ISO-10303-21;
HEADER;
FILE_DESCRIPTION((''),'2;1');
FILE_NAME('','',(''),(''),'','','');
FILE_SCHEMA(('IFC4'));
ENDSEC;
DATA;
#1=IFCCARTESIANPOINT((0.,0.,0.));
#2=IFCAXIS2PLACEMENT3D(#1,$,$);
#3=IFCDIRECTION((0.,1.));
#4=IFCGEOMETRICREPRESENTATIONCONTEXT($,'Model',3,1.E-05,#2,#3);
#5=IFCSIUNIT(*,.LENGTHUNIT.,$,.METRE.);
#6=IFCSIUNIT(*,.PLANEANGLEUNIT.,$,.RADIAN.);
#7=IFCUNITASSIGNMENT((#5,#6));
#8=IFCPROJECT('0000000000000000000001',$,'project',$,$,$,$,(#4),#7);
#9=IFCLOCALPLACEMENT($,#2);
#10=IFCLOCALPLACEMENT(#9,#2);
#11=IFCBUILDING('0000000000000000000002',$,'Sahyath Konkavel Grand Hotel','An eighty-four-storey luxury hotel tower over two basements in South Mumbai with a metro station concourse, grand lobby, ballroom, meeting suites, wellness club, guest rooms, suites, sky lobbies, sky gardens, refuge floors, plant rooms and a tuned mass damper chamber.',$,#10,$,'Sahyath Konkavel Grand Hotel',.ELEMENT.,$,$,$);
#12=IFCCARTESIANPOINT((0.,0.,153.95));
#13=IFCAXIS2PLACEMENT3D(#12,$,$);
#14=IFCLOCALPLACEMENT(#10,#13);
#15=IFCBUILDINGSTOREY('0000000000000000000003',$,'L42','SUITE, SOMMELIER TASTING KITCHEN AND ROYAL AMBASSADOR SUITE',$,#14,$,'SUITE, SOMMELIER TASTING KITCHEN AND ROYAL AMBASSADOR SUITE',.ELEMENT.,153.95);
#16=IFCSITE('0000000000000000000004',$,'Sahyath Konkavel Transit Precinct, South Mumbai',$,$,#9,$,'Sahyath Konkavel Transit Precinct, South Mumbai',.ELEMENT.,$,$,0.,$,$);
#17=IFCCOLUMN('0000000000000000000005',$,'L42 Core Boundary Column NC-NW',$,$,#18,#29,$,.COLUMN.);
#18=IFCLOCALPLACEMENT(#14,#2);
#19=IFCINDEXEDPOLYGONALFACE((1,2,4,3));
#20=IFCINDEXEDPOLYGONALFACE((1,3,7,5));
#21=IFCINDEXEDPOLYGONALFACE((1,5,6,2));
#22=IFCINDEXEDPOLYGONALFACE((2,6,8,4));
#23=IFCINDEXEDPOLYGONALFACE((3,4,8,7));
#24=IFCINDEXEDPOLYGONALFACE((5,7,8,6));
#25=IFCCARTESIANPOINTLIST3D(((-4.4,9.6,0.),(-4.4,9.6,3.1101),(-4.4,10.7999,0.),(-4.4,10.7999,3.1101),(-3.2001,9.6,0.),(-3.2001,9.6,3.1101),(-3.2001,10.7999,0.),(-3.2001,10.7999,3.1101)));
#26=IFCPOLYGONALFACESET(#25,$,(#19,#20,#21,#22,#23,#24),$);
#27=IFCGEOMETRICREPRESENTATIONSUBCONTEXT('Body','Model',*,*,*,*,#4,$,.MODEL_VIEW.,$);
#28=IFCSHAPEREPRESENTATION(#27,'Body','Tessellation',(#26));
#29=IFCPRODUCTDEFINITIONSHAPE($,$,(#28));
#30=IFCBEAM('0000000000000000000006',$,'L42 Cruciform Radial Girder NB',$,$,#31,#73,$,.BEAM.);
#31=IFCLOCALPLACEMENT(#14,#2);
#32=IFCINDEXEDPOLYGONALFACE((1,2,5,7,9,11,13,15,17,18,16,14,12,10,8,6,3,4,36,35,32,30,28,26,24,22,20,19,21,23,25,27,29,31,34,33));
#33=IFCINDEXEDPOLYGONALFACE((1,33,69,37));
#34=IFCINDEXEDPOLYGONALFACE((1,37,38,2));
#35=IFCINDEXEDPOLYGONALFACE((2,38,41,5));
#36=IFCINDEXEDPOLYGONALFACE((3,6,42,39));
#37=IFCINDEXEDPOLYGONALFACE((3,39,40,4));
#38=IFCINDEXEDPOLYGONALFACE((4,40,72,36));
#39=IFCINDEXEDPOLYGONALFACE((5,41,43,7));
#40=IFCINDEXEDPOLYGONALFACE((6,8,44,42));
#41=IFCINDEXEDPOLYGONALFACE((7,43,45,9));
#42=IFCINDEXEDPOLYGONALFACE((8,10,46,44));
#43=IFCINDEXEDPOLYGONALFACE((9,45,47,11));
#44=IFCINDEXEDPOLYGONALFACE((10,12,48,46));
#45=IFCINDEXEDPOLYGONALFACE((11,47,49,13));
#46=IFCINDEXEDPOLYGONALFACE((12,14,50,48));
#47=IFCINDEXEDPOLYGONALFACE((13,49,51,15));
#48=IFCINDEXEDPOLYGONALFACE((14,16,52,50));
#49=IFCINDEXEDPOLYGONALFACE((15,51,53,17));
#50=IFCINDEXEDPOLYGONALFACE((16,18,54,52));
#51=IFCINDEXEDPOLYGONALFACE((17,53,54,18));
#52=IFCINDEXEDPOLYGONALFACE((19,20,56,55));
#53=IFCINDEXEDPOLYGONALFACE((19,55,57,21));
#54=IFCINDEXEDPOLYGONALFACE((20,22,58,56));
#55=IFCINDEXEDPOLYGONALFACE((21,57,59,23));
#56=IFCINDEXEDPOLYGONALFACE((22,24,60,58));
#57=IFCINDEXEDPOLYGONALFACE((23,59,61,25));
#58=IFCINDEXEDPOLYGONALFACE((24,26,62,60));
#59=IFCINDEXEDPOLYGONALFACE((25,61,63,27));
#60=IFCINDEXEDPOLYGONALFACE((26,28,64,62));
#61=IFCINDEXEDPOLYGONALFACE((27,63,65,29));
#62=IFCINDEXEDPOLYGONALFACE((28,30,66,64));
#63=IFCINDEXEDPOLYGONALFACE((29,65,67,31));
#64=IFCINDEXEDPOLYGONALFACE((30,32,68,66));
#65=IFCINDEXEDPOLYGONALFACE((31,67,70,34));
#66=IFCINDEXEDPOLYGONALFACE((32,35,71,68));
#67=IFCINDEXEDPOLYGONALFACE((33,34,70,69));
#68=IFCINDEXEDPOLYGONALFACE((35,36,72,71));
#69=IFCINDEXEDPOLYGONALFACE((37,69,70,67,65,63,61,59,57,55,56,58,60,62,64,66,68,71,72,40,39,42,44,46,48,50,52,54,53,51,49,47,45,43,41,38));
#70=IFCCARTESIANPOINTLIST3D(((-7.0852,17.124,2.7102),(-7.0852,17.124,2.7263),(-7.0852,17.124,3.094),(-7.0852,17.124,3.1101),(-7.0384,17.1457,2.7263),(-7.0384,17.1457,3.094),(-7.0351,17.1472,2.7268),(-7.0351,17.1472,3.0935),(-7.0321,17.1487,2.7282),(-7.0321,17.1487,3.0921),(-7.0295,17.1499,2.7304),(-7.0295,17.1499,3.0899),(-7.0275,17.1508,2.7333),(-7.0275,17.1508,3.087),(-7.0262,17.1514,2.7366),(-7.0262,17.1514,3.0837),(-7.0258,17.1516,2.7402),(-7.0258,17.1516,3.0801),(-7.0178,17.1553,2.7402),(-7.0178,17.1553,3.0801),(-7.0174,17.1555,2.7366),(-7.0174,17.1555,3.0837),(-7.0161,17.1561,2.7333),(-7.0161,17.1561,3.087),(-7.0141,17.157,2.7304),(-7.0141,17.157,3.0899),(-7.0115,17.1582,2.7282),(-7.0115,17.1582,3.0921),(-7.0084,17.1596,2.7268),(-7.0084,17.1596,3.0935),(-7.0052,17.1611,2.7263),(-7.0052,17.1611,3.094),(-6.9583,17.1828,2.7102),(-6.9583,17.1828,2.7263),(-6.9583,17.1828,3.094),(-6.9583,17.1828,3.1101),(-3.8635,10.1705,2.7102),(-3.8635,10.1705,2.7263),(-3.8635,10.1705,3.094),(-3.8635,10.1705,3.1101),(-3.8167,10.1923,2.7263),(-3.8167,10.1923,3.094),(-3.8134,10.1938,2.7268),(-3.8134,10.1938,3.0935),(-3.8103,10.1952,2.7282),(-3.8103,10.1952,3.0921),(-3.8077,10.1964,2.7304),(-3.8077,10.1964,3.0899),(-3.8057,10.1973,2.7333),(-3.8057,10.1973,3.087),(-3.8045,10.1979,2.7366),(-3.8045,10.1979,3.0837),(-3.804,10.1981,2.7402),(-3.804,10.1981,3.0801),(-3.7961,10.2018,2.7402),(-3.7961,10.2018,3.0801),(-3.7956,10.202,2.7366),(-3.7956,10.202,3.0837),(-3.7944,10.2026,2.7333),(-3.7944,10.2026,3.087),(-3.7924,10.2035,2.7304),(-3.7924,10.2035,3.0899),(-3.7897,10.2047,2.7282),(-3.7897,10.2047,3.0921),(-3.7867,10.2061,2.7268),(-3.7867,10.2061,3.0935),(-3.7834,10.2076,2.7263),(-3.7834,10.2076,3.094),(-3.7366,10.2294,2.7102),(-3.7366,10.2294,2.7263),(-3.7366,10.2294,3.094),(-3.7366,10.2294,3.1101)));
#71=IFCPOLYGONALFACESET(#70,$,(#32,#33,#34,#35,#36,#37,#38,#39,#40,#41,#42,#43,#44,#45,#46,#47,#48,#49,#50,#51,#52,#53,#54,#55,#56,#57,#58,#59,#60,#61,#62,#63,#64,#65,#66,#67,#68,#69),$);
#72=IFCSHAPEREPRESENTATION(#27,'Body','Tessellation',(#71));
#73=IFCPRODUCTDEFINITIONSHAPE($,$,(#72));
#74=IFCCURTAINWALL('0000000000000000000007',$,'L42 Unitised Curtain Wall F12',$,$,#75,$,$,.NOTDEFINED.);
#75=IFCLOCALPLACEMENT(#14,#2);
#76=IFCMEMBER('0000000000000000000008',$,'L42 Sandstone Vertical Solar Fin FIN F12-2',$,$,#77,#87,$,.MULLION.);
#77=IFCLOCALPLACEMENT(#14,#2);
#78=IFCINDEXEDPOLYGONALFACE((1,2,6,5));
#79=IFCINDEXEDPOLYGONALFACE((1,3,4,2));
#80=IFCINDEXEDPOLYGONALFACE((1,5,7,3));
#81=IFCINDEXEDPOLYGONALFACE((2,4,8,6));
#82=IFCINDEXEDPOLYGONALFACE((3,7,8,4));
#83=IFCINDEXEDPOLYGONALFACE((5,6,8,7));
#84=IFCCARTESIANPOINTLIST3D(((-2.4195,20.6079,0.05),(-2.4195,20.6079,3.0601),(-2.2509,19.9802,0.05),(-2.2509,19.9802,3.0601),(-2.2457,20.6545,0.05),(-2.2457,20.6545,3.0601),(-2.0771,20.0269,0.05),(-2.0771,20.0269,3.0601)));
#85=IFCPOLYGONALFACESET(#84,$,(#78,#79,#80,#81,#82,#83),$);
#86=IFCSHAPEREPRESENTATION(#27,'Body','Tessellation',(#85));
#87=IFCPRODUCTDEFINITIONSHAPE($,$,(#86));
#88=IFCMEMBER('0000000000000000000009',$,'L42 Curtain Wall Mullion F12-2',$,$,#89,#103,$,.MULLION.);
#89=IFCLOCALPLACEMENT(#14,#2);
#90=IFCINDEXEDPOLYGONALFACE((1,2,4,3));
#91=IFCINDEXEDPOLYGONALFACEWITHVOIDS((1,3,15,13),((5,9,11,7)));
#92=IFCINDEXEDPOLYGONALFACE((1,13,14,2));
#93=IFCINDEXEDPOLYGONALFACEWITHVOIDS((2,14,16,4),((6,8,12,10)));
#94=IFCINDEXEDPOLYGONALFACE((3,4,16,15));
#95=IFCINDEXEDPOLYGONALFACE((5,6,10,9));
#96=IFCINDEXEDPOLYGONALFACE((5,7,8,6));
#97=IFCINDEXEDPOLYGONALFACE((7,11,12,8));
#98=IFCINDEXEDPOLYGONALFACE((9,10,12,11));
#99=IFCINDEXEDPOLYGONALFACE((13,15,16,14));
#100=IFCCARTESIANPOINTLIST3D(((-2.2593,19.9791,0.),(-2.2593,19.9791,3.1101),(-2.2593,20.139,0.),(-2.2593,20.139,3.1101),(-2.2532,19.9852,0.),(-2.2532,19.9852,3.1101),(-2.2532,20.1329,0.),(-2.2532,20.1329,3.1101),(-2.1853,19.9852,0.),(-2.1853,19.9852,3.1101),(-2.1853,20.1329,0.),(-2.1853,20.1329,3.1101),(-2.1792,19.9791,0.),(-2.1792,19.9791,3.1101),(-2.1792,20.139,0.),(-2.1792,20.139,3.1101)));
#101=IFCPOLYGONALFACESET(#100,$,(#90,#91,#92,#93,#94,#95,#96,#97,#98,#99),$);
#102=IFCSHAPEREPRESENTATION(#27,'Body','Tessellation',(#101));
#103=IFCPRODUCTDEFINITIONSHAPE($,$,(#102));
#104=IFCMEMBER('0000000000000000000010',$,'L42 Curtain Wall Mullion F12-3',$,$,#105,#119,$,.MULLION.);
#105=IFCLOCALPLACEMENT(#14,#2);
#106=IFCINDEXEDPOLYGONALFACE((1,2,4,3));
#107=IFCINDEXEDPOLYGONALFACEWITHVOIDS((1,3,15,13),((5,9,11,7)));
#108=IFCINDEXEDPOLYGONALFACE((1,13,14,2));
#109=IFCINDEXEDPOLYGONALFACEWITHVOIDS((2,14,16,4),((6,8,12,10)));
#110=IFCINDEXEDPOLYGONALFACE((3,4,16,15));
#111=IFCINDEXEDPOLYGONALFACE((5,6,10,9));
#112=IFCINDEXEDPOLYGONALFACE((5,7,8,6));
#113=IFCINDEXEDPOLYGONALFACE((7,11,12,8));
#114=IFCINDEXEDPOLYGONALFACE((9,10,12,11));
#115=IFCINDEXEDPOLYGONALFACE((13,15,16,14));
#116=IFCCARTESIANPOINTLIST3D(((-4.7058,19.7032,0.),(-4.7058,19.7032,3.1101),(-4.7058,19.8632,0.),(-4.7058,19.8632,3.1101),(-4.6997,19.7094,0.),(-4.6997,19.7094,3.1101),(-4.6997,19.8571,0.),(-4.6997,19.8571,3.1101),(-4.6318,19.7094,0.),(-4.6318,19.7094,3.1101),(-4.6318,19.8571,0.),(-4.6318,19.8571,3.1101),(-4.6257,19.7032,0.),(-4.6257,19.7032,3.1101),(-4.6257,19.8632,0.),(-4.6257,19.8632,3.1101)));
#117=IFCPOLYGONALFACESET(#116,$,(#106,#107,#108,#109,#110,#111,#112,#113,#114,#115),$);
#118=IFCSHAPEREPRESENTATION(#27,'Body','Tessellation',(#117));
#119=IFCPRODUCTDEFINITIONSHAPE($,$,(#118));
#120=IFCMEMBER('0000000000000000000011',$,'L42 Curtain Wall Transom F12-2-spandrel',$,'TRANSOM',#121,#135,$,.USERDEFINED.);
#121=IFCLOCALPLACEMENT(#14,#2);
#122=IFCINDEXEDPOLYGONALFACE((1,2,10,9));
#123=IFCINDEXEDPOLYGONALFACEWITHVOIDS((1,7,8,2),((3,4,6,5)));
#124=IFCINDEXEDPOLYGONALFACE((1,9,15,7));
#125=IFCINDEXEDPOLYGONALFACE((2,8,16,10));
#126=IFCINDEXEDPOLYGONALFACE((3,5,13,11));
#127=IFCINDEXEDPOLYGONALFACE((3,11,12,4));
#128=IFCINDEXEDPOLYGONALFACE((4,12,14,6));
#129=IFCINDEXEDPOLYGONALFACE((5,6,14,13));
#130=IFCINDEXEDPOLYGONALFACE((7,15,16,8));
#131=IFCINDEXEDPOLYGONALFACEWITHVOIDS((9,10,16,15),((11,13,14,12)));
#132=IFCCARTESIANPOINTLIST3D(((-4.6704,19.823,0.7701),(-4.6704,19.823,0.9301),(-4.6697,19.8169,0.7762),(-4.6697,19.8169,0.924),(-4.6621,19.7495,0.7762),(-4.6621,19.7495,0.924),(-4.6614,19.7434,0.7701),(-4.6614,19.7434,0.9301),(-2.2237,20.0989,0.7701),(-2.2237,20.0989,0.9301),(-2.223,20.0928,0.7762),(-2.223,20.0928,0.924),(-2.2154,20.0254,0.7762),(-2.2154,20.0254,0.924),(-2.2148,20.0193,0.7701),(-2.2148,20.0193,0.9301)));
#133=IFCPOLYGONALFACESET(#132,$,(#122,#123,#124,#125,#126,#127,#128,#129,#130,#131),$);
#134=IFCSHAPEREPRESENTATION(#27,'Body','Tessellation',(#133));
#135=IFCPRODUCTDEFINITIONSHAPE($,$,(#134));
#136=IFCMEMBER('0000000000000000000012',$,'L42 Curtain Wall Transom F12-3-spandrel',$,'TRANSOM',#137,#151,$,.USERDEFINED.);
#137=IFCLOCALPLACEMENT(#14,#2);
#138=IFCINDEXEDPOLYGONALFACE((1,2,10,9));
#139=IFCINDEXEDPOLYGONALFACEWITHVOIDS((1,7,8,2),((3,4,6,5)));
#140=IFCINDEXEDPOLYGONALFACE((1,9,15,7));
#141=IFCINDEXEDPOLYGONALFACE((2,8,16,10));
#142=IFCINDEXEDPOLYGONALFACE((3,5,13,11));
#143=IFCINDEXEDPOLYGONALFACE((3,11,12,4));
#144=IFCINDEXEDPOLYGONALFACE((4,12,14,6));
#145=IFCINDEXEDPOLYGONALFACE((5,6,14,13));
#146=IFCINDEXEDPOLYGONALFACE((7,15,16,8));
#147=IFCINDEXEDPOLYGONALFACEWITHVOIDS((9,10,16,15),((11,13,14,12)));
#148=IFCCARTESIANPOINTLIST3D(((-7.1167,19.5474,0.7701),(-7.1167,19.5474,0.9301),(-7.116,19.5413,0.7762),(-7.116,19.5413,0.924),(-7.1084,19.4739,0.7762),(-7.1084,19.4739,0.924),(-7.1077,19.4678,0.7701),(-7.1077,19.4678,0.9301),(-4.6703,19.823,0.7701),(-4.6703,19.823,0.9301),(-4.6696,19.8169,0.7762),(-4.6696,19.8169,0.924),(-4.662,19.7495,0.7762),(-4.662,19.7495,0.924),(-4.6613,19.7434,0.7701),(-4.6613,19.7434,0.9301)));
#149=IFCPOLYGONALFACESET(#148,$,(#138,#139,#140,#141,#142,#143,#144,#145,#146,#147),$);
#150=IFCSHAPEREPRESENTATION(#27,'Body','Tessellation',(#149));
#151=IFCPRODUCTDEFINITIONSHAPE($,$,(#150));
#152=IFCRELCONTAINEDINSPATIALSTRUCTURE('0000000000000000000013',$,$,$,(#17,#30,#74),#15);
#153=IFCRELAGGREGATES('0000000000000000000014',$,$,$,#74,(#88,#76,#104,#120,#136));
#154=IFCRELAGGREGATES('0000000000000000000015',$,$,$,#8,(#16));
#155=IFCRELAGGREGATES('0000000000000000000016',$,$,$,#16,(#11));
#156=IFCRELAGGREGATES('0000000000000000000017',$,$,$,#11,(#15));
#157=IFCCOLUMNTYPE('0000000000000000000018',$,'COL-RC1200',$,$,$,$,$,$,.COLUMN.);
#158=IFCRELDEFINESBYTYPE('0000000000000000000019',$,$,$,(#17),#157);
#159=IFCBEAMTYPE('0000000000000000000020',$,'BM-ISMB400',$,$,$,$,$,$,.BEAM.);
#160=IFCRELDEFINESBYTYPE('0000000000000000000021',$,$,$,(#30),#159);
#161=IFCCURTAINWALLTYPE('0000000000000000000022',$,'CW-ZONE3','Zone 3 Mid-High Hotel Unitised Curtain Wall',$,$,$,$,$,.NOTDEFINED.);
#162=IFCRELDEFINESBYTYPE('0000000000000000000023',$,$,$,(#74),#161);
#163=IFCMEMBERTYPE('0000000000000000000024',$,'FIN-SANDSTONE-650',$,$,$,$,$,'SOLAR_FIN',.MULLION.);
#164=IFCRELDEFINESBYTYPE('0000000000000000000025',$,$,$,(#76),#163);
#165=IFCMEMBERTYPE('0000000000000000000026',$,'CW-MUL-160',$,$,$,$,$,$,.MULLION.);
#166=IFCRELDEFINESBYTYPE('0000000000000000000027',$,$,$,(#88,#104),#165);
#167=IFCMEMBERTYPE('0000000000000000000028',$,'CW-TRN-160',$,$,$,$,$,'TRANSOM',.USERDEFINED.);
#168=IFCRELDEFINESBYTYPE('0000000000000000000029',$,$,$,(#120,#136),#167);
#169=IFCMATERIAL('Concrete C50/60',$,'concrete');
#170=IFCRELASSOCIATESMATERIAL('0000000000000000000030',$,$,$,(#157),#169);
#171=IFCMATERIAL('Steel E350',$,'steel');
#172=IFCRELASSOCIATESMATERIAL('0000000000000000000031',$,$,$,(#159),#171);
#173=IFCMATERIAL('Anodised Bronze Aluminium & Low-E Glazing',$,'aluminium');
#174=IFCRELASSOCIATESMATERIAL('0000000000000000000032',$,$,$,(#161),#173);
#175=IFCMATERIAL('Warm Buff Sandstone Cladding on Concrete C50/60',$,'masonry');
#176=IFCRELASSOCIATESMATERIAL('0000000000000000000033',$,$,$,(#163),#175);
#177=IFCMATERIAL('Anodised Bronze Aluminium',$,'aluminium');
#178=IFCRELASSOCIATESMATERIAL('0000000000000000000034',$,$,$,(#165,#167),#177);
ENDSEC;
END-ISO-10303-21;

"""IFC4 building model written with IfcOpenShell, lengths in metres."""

from ifc_helpers import new_model, si_unit, direction, frame, origin, origin_2d, place, context, subcontext, project, spatial, rectangle, hollow_rectangle, i_section, extrude, source, transform, mapped, material, material_profile, profile_set, type_object, element, aggregate, save


model = new_model("IFC4")

# Units and contexts
model_context = context("Model", 3, precision=1e-05, world=origin(), true_north=direction((0.0, 1.0)))
body_context = subcontext(model_context, "Body", "Model", "MODEL_VIEW")
ifc_project = project(units=[si_unit("LENGTHUNIT", "METRE"), si_unit("PLANEANGLEUNIT", "RADIAN")], contexts=[model_context])

# Site, building, storey
site_placement = place(None, origin())
site = spatial("IfcSite", under=ifc_project, at=site_placement, Name="Sahyath Konkavel Transit Precinct, South Mumbai", LongName="Sahyath Konkavel Transit Precinct, South Mumbai", CompositionType="ELEMENT", RefElevation=0.0)
building_placement = place(site_placement, origin())
building = spatial("IfcBuilding", under=site, at=building_placement, Name="Sahyath Konkavel Grand Hotel", Description="An eighty-four-storey luxury hotel tower over two basements in South Mumbai with a metro station concourse, grand lobby, ballroom, meeting suites, wellness club, guest rooms, suites, sky lobbies, sky gardens, refuge floors, plant rooms and a tuned mass damper chamber.", LongName="Sahyath Konkavel Grand Hotel", CompositionType="ELEMENT")
storey_placement = place(building_placement, frame((0.0, 0.0, 153.95)))
storey = spatial("IfcBuildingStorey", under=building, at=storey_placement, Name="L42", Description="SUITE, SOMMELIER TASTING KITCHEN AND ROYAL AMBASSADOR SUITE", LongName="SUITE, SOMMELIER TASTING KITCHEN AND ROYAL AMBASSADOR SUITE", CompositionType="ELEMENT", Elevation=153.95)

# Column
ifc_material_1 = material(Name="Concrete C50/60", Category="concrete")
ifc_material_profile_1 = material_profile(ifc_material_1, rectangle(XDim=1.2, YDim=1.2, at=origin_2d()), Name="RC 1200x1200")
ifc_profile_set_1 = profile_set([ifc_material_profile_1], Name="Concrete C50/60")
column_type = type_object("IfcColumnType", Name="COL-RC1200", PredefinedType="COLUMN", material=ifc_profile_set_1)
shared_shape_1 = source(origin(), body_context, "Body", "SweptSolid", [
    extrude(rectangle(XDim=1.2, YDim=1.2, at=origin_2d()), origin(), (0.0, 0.0, 1.0), 3.1101),
])
column_placement = place(storey_placement, frame((-3.8, 10.2, 0.0), z_axis=(0.0, 0.0, 1.0), x_axis=(1.0, 0.0, 0.0)))
element("IfcColumn", 1, at=column_placement, inside=storey, type_object=column_type, Name="L42 Core Boundary Column NC-NW", PredefinedType="COLUMN", context=body_context, shape_type="MappedRepresentation", body=[
    mapped(shared_shape_1, transform((0.0, 0.0, 0.0), scale=1.0)),
])

# Beam
ifc_material_2 = material(Name="Steel E350", Category="steel")
ifc_material_profile_2 = material_profile(ifc_material_2, i_section(OverallWidth=0.1399, OverallDepth=0.3999, WebThickness=0.0088, FlangeThickness=0.0161, FilletRadius=0.0139, at=origin_2d()), Name="ISMB 400")
ifc_profile_set_2 = profile_set([ifc_material_profile_2], Name="Steel E350")
beam_type_1 = type_object("IfcBeamType", Name="BM-ISMB400", PredefinedType="BEAM", material=ifc_profile_set_2)
shared_shape_2 = source(origin(), body_context, "Body", "SweptSolid", [
    extrude(i_section(OverallWidth=0.1399, OverallDepth=0.3999, WebThickness=0.0088, FlangeThickness=0.0161, FilletRadius=0.0139, at=origin_2d()), origin(), (0.0, 0.0, 1.0), 7.6636),
])
beam_1_placement = place(storey_placement, frame((-3.8, 10.2, 2.9102), z_axis=(-0.420395, 0.907341, 0.0), x_axis=(-0.907341, -0.420395, 0.0)))
element("IfcBeam", 2, at=beam_1_placement, inside=storey, type_object=beam_type_1, Name="L42 Cruciform Radial Girder NB", PredefinedType="BEAM", context=body_context, shape_type="MappedRepresentation", body=[
    mapped(shared_shape_2, transform((0.0, 0.0, 0.0), scale=1.0)),
])

# Curtain wall, members
ifc_material_3 = material(Name="Anodised Bronze Aluminium & Low-E Glazing", Category="aluminium")
curtain_wall_type = type_object("IfcCurtainWallType", Name="CW-ZONE3", Description="Zone 3 Mid-High Hotel Unitised Curtain Wall", PredefinedType="NOTDEFINED", material=ifc_material_3)
curtain_wall_placement = place(storey_placement, origin())
curtain_wall = element("IfcCurtainWall", 3, at=curtain_wall_placement, inside=storey, type_object=curtain_wall_type, Name="L42 Unitised Curtain Wall F12", PredefinedType="NOTDEFINED")
ifc_material_4 = material(Name="Warm Buff Sandstone Cladding on Concrete C50/60", Category="masonry")
ifc_material_profile_3 = material_profile(ifc_material_4, rectangle(XDim=0.1799, YDim=0.6499, at=origin_2d()), Name="FIN 180x650")
ifc_profile_set_3 = profile_set([ifc_material_profile_3], Name="Warm Buff Sandstone Cladding on Concrete C50/60")
member_type_1 = type_object("IfcMemberType", Name="FIN-SANDSTONE-650", ElementType="SOLAR_FIN", PredefinedType="MULLION", material=ifc_profile_set_3)
shared_shape_3 = source(origin(), body_context, "Body", "SweptSolid", [
    extrude(rectangle(XDim=0.1799, YDim=0.6499, at=origin_2d()), origin(), (0.0, 0.0, 1.0), 3.01),
])
member_1_placement = place(storey_placement, frame((-2.2483, 20.3174, 0.05), z_axis=(0.0, 0.0, 1.0), x_axis=(0.965745, 0.259493, 0.0)))
member_1 = element("IfcMember", 4, at=member_1_placement, type_object=member_type_1, Name="L42 Sandstone Vertical Solar Fin FIN F12-2", PredefinedType="MULLION", context=body_context, shape_type="MappedRepresentation", body=[
    mapped(shared_shape_3, transform((0.0, 0.0, 0.0), scale=1.0)),
])
ifc_material_5 = material(Name="Anodised Bronze Aluminium", Category="aluminium")
ifc_material_profile_4 = material_profile(ifc_material_5, hollow_rectangle(XDim=0.0801, YDim=0.1599, WallThickness=0.0061, at=origin_2d()), Name="RHS 160x80x6")
ifc_profile_set_4 = profile_set([ifc_material_profile_4], Name="Anodised Bronze Aluminium")
member_type_2 = type_object("IfcMemberType", Name="CW-MUL-160", PredefinedType="MULLION", material=ifc_profile_set_4)
shared_shape_4 = source(origin(), body_context, "Body", "SweptSolid", [
    extrude(hollow_rectangle(XDim=0.0801, YDim=0.1599, WallThickness=0.0061, at=origin_2d()), origin(), (0.0, 0.0, 1.0), 3.1101),
])
member_2_placement = place(storey_placement, frame((-2.2192, 20.0591, 0.0), z_axis=(0.0, 0.0, 1.0), x_axis=(1.0, 0.0, 0.0)))
member_2 = element("IfcMember", 5, at=member_2_placement, type_object=member_type_2, Name="L42 Curtain Wall Mullion F12-2", PredefinedType="MULLION", context=body_context, shape_type="MappedRepresentation", body=[
    mapped(shared_shape_4, transform((0.0, 0.0, 0.0), scale=1.0)),
])
member_3_placement = place(storey_placement, frame((-4.6658, 19.7832, 0.0), z_axis=(0.0, 0.0, 1.0), x_axis=(1.0, 0.0, 0.0)))
member_3 = element("IfcMember", 6, at=member_3_placement, type_object=member_type_2, Name="L42 Curtain Wall Mullion F12-3", PredefinedType="MULLION", context=body_context, shape_type="MappedRepresentation", body=[
    mapped(shared_shape_4, transform((0.0, 0.0, 0.0), scale=1.0)),
])
ifc_material_profile_5 = material_profile(ifc_material_5, hollow_rectangle(XDim=0.0801, YDim=0.1599, WallThickness=0.0061, at=origin_2d()), Name="RHS 160x80x6")
ifc_profile_set_5 = profile_set([ifc_material_profile_5], Name="Anodised Bronze Aluminium")
member_type_3 = type_object("IfcMemberType", Name="CW-TRN-160", ElementType="TRANSOM", PredefinedType="USERDEFINED", material=ifc_profile_set_5)
shared_shape_5 = source(origin(), body_context, "Body", "SweptSolid", [
    extrude(hollow_rectangle(XDim=0.0801, YDim=0.1599, WallThickness=0.0061, at=origin_2d()), origin(), (0.0, 0.0, 1.0), 2.4622),
])
member_4_placement = place(storey_placement, frame((-2.2192, 20.0591, 0.8501), z_axis=(-0.993702, -0.112053, 0.0), x_axis=(0.112053, -0.993702, 0.0)))
member_4 = element("IfcMember", 7, at=member_4_placement, type_object=member_type_3, Name="L42 Curtain Wall Transom F12-2-spandrel", ObjectType="TRANSOM", PredefinedType="USERDEFINED", context=body_context, shape_type="MappedRepresentation", body=[
    mapped(shared_shape_5, transform((0.0, 0.0, 0.0), scale=1.0)),
])
shared_shape_6 = source(origin(), body_context, "Body", "SweptSolid", [
    extrude(hollow_rectangle(XDim=0.0801, YDim=0.1599, WallThickness=0.0061, at=origin_2d()), origin(), (0.0, 0.0, 1.0), 2.4619),
])
member_5_placement = place(storey_placement, frame((-4.6658, 19.7832, 0.8501), z_axis=(-0.993713, -0.111955, 0.0), x_axis=(0.111955, -0.993713, 0.0)))
member_5 = element("IfcMember", 8, at=member_5_placement, type_object=member_type_3, Name="L42 Curtain Wall Transom F12-3-spandrel", ObjectType="TRANSOM", PredefinedType="USERDEFINED", context=body_context, shape_type="MappedRepresentation", body=[
    mapped(shared_shape_6, transform((0.0, 0.0, 0.0), scale=1.0)),
])

aggregate(curtain_wall, [member_2, member_1, member_3, member_4, member_5])

save(model, "model.ifc")
